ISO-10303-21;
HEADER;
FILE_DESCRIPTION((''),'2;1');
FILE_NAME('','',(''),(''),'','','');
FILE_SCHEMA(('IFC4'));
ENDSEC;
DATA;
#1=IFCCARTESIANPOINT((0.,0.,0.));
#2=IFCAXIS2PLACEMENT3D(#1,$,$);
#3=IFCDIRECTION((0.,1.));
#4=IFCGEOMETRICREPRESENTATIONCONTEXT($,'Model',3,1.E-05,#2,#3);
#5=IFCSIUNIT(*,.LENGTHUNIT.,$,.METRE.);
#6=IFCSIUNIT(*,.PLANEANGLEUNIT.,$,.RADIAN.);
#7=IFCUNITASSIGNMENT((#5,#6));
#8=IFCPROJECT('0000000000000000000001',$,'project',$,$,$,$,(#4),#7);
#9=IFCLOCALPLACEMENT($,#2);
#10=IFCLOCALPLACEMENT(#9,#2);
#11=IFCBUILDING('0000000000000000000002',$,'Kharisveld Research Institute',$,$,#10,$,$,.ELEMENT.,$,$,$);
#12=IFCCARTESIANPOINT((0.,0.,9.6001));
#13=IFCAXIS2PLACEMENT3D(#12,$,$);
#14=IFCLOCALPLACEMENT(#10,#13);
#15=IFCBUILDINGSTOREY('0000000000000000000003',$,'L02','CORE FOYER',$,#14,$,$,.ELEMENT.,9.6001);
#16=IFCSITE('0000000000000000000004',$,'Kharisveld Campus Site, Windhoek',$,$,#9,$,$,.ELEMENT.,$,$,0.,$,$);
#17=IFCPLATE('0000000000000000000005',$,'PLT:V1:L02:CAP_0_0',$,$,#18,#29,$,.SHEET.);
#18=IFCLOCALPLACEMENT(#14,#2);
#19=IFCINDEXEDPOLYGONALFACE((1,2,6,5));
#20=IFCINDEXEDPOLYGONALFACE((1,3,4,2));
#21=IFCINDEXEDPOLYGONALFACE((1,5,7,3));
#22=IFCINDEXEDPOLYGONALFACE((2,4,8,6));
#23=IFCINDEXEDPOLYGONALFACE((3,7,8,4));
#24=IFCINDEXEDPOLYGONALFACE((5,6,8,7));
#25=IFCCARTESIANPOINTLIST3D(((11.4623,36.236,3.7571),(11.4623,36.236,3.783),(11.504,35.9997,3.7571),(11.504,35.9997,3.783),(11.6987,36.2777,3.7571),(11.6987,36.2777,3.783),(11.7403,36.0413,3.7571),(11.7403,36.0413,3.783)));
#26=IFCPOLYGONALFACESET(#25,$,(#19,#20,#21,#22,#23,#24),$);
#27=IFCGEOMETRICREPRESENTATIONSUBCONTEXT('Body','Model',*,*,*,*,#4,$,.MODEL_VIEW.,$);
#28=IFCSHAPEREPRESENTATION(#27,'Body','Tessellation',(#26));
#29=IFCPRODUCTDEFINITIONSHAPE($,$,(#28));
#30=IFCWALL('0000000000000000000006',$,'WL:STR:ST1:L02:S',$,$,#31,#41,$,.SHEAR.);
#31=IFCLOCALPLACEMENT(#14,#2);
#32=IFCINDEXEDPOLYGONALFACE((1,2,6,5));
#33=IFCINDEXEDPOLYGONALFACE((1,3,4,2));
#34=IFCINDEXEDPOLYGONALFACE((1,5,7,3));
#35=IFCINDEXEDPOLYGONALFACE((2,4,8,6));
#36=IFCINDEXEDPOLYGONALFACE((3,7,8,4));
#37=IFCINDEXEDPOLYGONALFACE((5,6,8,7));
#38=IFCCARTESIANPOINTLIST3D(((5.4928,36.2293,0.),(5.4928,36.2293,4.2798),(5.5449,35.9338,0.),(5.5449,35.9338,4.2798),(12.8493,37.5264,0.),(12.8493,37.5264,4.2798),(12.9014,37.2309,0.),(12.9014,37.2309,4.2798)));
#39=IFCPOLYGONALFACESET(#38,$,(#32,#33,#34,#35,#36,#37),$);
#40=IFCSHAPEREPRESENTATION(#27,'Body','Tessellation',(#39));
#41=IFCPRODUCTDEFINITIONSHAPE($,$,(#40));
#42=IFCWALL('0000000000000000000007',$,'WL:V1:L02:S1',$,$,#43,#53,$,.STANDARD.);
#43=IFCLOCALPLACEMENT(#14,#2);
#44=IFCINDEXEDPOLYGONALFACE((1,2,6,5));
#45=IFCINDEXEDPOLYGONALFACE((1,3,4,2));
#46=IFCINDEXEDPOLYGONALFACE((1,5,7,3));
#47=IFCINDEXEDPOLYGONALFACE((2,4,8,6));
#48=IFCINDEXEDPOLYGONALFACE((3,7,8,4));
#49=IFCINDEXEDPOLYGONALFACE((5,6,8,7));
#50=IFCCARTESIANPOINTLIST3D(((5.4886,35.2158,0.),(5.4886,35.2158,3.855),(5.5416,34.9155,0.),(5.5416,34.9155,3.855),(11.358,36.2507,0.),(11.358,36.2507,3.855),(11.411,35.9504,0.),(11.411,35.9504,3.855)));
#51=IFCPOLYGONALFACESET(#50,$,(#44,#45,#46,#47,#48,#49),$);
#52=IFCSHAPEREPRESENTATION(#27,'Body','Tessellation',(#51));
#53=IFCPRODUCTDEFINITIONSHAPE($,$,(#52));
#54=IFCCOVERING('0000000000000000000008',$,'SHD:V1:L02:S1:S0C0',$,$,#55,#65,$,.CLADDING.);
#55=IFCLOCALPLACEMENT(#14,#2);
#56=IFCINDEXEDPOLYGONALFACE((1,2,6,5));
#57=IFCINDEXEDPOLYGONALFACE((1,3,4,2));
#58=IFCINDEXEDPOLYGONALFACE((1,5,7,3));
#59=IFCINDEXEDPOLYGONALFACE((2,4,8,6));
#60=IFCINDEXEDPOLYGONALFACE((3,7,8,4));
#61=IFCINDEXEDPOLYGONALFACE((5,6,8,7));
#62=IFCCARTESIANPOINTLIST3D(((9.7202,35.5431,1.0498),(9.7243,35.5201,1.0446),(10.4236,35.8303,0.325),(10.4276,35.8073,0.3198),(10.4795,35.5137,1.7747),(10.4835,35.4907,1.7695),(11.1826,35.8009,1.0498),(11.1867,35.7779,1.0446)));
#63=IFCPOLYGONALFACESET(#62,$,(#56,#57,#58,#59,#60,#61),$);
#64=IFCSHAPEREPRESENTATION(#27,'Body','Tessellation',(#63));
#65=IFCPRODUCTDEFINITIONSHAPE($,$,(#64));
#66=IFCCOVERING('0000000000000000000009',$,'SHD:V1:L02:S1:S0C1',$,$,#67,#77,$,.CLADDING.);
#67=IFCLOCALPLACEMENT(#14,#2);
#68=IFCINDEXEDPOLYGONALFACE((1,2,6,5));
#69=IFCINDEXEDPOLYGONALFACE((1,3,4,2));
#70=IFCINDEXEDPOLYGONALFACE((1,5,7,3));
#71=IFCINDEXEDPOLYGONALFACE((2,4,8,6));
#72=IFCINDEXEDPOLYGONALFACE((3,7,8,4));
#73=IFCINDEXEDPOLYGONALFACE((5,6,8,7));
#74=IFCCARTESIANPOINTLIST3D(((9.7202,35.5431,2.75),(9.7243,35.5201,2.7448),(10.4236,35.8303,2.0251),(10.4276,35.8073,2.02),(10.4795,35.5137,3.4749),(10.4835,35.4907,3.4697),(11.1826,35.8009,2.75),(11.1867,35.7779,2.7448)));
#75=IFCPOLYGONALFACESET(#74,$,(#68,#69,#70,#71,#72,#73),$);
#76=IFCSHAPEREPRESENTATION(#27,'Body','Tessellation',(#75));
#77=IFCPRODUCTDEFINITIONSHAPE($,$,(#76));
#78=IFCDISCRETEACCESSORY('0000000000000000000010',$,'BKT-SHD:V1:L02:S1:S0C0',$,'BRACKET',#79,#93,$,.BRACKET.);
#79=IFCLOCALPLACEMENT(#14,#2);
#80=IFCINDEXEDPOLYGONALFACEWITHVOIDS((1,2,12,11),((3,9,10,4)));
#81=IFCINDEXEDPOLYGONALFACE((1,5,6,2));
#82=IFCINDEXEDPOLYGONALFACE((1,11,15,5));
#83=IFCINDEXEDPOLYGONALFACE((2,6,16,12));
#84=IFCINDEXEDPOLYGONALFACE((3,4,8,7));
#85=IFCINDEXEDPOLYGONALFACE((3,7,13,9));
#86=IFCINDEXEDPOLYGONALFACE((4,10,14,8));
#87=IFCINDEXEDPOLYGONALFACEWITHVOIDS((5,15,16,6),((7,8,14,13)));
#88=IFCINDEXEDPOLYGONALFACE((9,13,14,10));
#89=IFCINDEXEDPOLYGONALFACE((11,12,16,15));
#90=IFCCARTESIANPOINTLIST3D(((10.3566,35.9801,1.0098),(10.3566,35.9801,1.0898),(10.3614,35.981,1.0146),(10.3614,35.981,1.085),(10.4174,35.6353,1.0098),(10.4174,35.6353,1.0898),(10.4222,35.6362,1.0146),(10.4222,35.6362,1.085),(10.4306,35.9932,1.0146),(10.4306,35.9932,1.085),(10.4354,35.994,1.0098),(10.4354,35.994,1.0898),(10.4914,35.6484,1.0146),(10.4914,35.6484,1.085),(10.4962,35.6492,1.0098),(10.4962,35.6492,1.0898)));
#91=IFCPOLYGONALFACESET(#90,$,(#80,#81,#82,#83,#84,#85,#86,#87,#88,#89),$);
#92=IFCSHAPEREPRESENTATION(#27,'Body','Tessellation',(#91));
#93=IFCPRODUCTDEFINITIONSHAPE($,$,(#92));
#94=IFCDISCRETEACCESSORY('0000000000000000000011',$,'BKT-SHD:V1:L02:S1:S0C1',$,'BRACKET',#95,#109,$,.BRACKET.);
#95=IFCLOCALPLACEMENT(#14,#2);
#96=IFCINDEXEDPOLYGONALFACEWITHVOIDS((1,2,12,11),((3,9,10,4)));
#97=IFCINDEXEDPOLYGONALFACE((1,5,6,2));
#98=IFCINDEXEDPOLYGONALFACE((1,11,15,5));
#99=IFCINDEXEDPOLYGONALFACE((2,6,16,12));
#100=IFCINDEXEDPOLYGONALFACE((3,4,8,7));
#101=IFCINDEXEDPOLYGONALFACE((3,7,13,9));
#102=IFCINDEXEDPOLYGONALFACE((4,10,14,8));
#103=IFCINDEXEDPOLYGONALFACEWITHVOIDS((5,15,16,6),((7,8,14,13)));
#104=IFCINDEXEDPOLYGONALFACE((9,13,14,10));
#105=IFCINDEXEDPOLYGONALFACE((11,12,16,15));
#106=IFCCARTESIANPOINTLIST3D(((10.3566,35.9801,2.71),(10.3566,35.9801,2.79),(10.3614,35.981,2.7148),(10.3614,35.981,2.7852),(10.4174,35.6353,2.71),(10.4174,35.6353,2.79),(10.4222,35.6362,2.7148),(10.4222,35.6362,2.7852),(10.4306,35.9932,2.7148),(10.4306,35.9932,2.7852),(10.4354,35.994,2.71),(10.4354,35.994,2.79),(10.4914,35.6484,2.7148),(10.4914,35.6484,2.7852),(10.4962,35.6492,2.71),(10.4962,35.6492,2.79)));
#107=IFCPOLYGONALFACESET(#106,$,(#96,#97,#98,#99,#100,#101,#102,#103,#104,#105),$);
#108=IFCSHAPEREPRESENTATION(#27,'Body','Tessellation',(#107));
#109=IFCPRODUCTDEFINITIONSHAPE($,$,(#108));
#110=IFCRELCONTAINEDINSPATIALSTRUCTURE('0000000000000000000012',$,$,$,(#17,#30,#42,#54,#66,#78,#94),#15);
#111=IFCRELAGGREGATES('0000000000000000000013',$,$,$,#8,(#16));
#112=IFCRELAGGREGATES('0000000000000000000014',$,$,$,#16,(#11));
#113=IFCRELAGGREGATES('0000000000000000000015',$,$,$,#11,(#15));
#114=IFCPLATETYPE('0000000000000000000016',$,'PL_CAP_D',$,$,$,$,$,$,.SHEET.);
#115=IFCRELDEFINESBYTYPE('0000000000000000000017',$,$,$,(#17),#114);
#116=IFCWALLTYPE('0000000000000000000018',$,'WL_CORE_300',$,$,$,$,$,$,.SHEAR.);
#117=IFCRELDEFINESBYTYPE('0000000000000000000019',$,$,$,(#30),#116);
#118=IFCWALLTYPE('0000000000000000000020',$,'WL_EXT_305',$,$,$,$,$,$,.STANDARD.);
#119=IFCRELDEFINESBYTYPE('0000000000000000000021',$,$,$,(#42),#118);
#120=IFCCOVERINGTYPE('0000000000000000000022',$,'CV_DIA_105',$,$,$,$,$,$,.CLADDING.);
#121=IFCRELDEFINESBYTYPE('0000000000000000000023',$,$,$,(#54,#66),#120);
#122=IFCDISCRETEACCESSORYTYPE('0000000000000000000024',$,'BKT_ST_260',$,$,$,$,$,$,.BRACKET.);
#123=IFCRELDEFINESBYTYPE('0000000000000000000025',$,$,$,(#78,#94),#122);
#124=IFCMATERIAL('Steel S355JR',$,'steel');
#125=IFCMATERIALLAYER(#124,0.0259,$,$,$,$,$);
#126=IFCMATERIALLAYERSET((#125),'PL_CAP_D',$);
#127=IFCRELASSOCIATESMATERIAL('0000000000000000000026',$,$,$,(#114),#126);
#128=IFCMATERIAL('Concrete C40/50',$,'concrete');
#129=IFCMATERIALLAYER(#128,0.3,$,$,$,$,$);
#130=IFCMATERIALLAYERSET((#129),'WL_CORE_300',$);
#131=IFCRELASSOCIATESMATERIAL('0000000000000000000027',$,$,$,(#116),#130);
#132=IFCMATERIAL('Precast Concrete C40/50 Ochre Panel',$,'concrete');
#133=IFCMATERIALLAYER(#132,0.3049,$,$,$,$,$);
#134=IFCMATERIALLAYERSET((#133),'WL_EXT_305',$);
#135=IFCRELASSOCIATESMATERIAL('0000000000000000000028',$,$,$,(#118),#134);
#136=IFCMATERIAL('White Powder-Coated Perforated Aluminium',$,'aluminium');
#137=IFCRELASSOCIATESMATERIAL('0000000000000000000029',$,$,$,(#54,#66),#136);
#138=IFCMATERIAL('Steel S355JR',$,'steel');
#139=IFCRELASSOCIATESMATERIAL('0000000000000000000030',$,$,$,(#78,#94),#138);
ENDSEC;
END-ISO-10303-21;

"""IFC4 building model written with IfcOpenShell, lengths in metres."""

from ifc_helpers import new_model, si_unit, direction, frame, frame_2d, origin, origin_2d, place, context, subcontext, project, spatial, polyline, rectangle, hollow_rectangle, outline, extrude, material, layer, layer_set, type_object, element, save


model = new_model("IFC4")

# Units and contexts
model_context = context("Model", 3, precision=1e-05, world=origin(), true_north=direction((0.0, 1.0)))
body_context = subcontext(model_context, "Body", "Model", "MODEL_VIEW")
ifc_project = project(units=[si_unit("LENGTHUNIT", "METRE"), si_unit("PLANEANGLEUNIT", "RADIAN")], contexts=[model_context])

# Site, building, storey
site_placement = place(None, origin())
site = spatial("IfcSite", under=ifc_project, at=site_placement, Name="Kharisveld Campus Site, Windhoek", CompositionType="ELEMENT", RefElevation=0.0)
building_placement = place(site_placement, origin())
building = spatial("IfcBuilding", under=site, at=building_placement, Name="Kharisveld Research Institute", CompositionType="ELEMENT")
storey_placement = place(building_placement, frame((0.0, 0.0, 9.6001)))
storey = spatial("IfcBuildingStorey", under=building, at=storey_placement, Name="L02", Description="CORE FOYER", CompositionType="ELEMENT", Elevation=9.6001)

# Plate
ifc_material_1 = material(Name="Steel S355JR", Category="steel")
ifc_layer_1 = layer(ifc_material_1, 0.0259)
ifc_layer_set_1 = layer_set([ifc_layer_1], Name="PL_CAP_D")
plate_type_1 = type_object("IfcPlateType", Name="PL_CAP_D", PredefinedType="SHEET", material=ifc_layer_set_1)
plate_1_placement = place(storey_placement, frame((11.6013, 36.1387, 3.7571), z_axis=(0.0, 0.0, 1.0), x_axis=(0.984808, 0.173648, 0.0)))
element("IfcPlate", 1, at=plate_1_placement, inside=storey, type_object=plate_type_1, Name="PLT:V1:L02:CAP_0_0", PredefinedType="SHEET", context=body_context, shape_type="SweptSolid", body=[
    extrude(rectangle(XDim=0.24, YDim=0.24, at=origin_2d()), origin(), (0.0, 0.0, 1.0), 0.0259),
])

# Walls
ifc_material_2 = material(Name="Concrete C40/50", Category="concrete")
ifc_layer_2 = layer(ifc_material_2, 0.3)
ifc_layer_set_2 = layer_set([ifc_layer_2], Name="WL_CORE_300")
wall_type_1 = type_object("IfcWallType", Name="WL_CORE_300", PredefinedType="SHEAR", material=ifc_layer_set_2)
wall_1_placement = place(storey_placement, frame((12.8752, 37.3787, 0.0), z_axis=(0.0, 0.0, 1.0), x_axis=(-0.984808, -0.173645, 0.0)))
element("IfcWall", 2, at=wall_1_placement, inside=storey, type_object=wall_type_1, Name="WL:STR:ST1:L02:S", PredefinedType="SHEAR", context=body_context, shape_type="SweptSolid", body=[
    extrude(rectangle(XDim=7.47, YDim=0.3, at=frame_2d((3.7349, 0.0))), origin(), (0.0, 0.0, 1.0), 4.2798),
])
ifc_material_3 = material(Name="Precast Concrete C40/50 Ochre Panel", Category="concrete")
ifc_layer_3 = layer(ifc_material_3, 0.3049)
ifc_layer_set_3 = layer_set([ifc_layer_3], Name="WL_EXT_305")
wall_type_2 = type_object("IfcWallType", Name="WL_EXT_305", PredefinedType="STANDARD", material=ifc_layer_set_3)
wall_2_placement = place(storey_placement, frame((11.3845, 36.1006, 0.0), z_axis=(0.0, 0.0, 1.0), x_axis=(-0.984808, -0.173645, 0.0)))
element("IfcWall", 3, at=wall_2_placement, inside=storey, type_object=wall_type_2, Name="WL:V1:L02:S1", PredefinedType="STANDARD", context=body_context, shape_type="SweptSolid", body=[
    extrude(rectangle(XDim=5.96, YDim=0.3049, at=frame_2d((2.98, 0.0))), origin(), (0.0, 0.0, 1.0), 3.855),
])

# Coverings
ifc_material_4 = material(Name="White Powder-Coated Perforated Aluminium", Category="aluminium")
covering_type = type_object("IfcCoveringType", Name="CV_DIA_105", PredefinedType="CLADDING")
for number, where, z_axis, x_axis, name in (
    (4, (10.4236, 35.8303, 0.325), (-0.169497, 0.961447, 0.21654), (-0.669826, -0.273555, 0.69029), "SHD:V1:L02:S1:S0C0"),
    (5, (10.4236, 35.8303, 2.0251), (-0.169497, 0.961447, 0.21654), (-0.669826, -0.273555, 0.69029), "SHD:V1:L02:S1:S0C1"),
):
    element("IfcCovering", number, at=place(storey_placement, frame(where, z_axis=z_axis, x_axis=x_axis)), inside=storey, type_object=covering_type, material=ifc_material_4, Name=name, PredefinedType="CLADDING", context=body_context, shape_type="SweptSolid", body=[
        extrude(outline(polyline([(0.0, 0.0), (1.0501, 0.0), (1.0499, 1.0501), (0.0, 1.05), (0.0, 0.0)])), origin(), (0.0, 0.0, -1.0), 0.0239),
    ])

# Discrete accessories
ifc_material_5 = material(Name="Steel S355JR", Category="steel")
discrete_accessory_type = type_object("IfcDiscreteAccessoryType", Name="BKT_ST_260", PredefinedType="BRACKET")
for number, where, z_axis, x_axis, name in (
    (6, (10.396, 35.9871, 1.0498), (0.173666, -0.984805, 0.0), (0.984805, 0.173666, 0.0), "BKT-SHD:V1:L02:S1:S0C0"),
    (7, (10.396, 35.9871, 2.75), (0.173666, -0.984805, 0.0), (0.984805, 0.173666, 0.0), "BKT-SHD:V1:L02:S1:S0C1"),
):
    element("IfcDiscreteAccessory", number, at=place(storey_placement, frame(where, z_axis=z_axis, x_axis=x_axis)), inside=storey, type_object=discrete_accessory_type, material=ifc_material_5, Name=name, ObjectType="BRACKET", PredefinedType="BRACKET", context=body_context, shape_type="SweptSolid", body=[
        extrude(hollow_rectangle(XDim=0.0801, YDim=0.0801, WallThickness=0.0049, at=origin_2d()), origin(), (0.0, 0.0, 1.0), 0.3501),
    ])

save(model, "model.ifc")
